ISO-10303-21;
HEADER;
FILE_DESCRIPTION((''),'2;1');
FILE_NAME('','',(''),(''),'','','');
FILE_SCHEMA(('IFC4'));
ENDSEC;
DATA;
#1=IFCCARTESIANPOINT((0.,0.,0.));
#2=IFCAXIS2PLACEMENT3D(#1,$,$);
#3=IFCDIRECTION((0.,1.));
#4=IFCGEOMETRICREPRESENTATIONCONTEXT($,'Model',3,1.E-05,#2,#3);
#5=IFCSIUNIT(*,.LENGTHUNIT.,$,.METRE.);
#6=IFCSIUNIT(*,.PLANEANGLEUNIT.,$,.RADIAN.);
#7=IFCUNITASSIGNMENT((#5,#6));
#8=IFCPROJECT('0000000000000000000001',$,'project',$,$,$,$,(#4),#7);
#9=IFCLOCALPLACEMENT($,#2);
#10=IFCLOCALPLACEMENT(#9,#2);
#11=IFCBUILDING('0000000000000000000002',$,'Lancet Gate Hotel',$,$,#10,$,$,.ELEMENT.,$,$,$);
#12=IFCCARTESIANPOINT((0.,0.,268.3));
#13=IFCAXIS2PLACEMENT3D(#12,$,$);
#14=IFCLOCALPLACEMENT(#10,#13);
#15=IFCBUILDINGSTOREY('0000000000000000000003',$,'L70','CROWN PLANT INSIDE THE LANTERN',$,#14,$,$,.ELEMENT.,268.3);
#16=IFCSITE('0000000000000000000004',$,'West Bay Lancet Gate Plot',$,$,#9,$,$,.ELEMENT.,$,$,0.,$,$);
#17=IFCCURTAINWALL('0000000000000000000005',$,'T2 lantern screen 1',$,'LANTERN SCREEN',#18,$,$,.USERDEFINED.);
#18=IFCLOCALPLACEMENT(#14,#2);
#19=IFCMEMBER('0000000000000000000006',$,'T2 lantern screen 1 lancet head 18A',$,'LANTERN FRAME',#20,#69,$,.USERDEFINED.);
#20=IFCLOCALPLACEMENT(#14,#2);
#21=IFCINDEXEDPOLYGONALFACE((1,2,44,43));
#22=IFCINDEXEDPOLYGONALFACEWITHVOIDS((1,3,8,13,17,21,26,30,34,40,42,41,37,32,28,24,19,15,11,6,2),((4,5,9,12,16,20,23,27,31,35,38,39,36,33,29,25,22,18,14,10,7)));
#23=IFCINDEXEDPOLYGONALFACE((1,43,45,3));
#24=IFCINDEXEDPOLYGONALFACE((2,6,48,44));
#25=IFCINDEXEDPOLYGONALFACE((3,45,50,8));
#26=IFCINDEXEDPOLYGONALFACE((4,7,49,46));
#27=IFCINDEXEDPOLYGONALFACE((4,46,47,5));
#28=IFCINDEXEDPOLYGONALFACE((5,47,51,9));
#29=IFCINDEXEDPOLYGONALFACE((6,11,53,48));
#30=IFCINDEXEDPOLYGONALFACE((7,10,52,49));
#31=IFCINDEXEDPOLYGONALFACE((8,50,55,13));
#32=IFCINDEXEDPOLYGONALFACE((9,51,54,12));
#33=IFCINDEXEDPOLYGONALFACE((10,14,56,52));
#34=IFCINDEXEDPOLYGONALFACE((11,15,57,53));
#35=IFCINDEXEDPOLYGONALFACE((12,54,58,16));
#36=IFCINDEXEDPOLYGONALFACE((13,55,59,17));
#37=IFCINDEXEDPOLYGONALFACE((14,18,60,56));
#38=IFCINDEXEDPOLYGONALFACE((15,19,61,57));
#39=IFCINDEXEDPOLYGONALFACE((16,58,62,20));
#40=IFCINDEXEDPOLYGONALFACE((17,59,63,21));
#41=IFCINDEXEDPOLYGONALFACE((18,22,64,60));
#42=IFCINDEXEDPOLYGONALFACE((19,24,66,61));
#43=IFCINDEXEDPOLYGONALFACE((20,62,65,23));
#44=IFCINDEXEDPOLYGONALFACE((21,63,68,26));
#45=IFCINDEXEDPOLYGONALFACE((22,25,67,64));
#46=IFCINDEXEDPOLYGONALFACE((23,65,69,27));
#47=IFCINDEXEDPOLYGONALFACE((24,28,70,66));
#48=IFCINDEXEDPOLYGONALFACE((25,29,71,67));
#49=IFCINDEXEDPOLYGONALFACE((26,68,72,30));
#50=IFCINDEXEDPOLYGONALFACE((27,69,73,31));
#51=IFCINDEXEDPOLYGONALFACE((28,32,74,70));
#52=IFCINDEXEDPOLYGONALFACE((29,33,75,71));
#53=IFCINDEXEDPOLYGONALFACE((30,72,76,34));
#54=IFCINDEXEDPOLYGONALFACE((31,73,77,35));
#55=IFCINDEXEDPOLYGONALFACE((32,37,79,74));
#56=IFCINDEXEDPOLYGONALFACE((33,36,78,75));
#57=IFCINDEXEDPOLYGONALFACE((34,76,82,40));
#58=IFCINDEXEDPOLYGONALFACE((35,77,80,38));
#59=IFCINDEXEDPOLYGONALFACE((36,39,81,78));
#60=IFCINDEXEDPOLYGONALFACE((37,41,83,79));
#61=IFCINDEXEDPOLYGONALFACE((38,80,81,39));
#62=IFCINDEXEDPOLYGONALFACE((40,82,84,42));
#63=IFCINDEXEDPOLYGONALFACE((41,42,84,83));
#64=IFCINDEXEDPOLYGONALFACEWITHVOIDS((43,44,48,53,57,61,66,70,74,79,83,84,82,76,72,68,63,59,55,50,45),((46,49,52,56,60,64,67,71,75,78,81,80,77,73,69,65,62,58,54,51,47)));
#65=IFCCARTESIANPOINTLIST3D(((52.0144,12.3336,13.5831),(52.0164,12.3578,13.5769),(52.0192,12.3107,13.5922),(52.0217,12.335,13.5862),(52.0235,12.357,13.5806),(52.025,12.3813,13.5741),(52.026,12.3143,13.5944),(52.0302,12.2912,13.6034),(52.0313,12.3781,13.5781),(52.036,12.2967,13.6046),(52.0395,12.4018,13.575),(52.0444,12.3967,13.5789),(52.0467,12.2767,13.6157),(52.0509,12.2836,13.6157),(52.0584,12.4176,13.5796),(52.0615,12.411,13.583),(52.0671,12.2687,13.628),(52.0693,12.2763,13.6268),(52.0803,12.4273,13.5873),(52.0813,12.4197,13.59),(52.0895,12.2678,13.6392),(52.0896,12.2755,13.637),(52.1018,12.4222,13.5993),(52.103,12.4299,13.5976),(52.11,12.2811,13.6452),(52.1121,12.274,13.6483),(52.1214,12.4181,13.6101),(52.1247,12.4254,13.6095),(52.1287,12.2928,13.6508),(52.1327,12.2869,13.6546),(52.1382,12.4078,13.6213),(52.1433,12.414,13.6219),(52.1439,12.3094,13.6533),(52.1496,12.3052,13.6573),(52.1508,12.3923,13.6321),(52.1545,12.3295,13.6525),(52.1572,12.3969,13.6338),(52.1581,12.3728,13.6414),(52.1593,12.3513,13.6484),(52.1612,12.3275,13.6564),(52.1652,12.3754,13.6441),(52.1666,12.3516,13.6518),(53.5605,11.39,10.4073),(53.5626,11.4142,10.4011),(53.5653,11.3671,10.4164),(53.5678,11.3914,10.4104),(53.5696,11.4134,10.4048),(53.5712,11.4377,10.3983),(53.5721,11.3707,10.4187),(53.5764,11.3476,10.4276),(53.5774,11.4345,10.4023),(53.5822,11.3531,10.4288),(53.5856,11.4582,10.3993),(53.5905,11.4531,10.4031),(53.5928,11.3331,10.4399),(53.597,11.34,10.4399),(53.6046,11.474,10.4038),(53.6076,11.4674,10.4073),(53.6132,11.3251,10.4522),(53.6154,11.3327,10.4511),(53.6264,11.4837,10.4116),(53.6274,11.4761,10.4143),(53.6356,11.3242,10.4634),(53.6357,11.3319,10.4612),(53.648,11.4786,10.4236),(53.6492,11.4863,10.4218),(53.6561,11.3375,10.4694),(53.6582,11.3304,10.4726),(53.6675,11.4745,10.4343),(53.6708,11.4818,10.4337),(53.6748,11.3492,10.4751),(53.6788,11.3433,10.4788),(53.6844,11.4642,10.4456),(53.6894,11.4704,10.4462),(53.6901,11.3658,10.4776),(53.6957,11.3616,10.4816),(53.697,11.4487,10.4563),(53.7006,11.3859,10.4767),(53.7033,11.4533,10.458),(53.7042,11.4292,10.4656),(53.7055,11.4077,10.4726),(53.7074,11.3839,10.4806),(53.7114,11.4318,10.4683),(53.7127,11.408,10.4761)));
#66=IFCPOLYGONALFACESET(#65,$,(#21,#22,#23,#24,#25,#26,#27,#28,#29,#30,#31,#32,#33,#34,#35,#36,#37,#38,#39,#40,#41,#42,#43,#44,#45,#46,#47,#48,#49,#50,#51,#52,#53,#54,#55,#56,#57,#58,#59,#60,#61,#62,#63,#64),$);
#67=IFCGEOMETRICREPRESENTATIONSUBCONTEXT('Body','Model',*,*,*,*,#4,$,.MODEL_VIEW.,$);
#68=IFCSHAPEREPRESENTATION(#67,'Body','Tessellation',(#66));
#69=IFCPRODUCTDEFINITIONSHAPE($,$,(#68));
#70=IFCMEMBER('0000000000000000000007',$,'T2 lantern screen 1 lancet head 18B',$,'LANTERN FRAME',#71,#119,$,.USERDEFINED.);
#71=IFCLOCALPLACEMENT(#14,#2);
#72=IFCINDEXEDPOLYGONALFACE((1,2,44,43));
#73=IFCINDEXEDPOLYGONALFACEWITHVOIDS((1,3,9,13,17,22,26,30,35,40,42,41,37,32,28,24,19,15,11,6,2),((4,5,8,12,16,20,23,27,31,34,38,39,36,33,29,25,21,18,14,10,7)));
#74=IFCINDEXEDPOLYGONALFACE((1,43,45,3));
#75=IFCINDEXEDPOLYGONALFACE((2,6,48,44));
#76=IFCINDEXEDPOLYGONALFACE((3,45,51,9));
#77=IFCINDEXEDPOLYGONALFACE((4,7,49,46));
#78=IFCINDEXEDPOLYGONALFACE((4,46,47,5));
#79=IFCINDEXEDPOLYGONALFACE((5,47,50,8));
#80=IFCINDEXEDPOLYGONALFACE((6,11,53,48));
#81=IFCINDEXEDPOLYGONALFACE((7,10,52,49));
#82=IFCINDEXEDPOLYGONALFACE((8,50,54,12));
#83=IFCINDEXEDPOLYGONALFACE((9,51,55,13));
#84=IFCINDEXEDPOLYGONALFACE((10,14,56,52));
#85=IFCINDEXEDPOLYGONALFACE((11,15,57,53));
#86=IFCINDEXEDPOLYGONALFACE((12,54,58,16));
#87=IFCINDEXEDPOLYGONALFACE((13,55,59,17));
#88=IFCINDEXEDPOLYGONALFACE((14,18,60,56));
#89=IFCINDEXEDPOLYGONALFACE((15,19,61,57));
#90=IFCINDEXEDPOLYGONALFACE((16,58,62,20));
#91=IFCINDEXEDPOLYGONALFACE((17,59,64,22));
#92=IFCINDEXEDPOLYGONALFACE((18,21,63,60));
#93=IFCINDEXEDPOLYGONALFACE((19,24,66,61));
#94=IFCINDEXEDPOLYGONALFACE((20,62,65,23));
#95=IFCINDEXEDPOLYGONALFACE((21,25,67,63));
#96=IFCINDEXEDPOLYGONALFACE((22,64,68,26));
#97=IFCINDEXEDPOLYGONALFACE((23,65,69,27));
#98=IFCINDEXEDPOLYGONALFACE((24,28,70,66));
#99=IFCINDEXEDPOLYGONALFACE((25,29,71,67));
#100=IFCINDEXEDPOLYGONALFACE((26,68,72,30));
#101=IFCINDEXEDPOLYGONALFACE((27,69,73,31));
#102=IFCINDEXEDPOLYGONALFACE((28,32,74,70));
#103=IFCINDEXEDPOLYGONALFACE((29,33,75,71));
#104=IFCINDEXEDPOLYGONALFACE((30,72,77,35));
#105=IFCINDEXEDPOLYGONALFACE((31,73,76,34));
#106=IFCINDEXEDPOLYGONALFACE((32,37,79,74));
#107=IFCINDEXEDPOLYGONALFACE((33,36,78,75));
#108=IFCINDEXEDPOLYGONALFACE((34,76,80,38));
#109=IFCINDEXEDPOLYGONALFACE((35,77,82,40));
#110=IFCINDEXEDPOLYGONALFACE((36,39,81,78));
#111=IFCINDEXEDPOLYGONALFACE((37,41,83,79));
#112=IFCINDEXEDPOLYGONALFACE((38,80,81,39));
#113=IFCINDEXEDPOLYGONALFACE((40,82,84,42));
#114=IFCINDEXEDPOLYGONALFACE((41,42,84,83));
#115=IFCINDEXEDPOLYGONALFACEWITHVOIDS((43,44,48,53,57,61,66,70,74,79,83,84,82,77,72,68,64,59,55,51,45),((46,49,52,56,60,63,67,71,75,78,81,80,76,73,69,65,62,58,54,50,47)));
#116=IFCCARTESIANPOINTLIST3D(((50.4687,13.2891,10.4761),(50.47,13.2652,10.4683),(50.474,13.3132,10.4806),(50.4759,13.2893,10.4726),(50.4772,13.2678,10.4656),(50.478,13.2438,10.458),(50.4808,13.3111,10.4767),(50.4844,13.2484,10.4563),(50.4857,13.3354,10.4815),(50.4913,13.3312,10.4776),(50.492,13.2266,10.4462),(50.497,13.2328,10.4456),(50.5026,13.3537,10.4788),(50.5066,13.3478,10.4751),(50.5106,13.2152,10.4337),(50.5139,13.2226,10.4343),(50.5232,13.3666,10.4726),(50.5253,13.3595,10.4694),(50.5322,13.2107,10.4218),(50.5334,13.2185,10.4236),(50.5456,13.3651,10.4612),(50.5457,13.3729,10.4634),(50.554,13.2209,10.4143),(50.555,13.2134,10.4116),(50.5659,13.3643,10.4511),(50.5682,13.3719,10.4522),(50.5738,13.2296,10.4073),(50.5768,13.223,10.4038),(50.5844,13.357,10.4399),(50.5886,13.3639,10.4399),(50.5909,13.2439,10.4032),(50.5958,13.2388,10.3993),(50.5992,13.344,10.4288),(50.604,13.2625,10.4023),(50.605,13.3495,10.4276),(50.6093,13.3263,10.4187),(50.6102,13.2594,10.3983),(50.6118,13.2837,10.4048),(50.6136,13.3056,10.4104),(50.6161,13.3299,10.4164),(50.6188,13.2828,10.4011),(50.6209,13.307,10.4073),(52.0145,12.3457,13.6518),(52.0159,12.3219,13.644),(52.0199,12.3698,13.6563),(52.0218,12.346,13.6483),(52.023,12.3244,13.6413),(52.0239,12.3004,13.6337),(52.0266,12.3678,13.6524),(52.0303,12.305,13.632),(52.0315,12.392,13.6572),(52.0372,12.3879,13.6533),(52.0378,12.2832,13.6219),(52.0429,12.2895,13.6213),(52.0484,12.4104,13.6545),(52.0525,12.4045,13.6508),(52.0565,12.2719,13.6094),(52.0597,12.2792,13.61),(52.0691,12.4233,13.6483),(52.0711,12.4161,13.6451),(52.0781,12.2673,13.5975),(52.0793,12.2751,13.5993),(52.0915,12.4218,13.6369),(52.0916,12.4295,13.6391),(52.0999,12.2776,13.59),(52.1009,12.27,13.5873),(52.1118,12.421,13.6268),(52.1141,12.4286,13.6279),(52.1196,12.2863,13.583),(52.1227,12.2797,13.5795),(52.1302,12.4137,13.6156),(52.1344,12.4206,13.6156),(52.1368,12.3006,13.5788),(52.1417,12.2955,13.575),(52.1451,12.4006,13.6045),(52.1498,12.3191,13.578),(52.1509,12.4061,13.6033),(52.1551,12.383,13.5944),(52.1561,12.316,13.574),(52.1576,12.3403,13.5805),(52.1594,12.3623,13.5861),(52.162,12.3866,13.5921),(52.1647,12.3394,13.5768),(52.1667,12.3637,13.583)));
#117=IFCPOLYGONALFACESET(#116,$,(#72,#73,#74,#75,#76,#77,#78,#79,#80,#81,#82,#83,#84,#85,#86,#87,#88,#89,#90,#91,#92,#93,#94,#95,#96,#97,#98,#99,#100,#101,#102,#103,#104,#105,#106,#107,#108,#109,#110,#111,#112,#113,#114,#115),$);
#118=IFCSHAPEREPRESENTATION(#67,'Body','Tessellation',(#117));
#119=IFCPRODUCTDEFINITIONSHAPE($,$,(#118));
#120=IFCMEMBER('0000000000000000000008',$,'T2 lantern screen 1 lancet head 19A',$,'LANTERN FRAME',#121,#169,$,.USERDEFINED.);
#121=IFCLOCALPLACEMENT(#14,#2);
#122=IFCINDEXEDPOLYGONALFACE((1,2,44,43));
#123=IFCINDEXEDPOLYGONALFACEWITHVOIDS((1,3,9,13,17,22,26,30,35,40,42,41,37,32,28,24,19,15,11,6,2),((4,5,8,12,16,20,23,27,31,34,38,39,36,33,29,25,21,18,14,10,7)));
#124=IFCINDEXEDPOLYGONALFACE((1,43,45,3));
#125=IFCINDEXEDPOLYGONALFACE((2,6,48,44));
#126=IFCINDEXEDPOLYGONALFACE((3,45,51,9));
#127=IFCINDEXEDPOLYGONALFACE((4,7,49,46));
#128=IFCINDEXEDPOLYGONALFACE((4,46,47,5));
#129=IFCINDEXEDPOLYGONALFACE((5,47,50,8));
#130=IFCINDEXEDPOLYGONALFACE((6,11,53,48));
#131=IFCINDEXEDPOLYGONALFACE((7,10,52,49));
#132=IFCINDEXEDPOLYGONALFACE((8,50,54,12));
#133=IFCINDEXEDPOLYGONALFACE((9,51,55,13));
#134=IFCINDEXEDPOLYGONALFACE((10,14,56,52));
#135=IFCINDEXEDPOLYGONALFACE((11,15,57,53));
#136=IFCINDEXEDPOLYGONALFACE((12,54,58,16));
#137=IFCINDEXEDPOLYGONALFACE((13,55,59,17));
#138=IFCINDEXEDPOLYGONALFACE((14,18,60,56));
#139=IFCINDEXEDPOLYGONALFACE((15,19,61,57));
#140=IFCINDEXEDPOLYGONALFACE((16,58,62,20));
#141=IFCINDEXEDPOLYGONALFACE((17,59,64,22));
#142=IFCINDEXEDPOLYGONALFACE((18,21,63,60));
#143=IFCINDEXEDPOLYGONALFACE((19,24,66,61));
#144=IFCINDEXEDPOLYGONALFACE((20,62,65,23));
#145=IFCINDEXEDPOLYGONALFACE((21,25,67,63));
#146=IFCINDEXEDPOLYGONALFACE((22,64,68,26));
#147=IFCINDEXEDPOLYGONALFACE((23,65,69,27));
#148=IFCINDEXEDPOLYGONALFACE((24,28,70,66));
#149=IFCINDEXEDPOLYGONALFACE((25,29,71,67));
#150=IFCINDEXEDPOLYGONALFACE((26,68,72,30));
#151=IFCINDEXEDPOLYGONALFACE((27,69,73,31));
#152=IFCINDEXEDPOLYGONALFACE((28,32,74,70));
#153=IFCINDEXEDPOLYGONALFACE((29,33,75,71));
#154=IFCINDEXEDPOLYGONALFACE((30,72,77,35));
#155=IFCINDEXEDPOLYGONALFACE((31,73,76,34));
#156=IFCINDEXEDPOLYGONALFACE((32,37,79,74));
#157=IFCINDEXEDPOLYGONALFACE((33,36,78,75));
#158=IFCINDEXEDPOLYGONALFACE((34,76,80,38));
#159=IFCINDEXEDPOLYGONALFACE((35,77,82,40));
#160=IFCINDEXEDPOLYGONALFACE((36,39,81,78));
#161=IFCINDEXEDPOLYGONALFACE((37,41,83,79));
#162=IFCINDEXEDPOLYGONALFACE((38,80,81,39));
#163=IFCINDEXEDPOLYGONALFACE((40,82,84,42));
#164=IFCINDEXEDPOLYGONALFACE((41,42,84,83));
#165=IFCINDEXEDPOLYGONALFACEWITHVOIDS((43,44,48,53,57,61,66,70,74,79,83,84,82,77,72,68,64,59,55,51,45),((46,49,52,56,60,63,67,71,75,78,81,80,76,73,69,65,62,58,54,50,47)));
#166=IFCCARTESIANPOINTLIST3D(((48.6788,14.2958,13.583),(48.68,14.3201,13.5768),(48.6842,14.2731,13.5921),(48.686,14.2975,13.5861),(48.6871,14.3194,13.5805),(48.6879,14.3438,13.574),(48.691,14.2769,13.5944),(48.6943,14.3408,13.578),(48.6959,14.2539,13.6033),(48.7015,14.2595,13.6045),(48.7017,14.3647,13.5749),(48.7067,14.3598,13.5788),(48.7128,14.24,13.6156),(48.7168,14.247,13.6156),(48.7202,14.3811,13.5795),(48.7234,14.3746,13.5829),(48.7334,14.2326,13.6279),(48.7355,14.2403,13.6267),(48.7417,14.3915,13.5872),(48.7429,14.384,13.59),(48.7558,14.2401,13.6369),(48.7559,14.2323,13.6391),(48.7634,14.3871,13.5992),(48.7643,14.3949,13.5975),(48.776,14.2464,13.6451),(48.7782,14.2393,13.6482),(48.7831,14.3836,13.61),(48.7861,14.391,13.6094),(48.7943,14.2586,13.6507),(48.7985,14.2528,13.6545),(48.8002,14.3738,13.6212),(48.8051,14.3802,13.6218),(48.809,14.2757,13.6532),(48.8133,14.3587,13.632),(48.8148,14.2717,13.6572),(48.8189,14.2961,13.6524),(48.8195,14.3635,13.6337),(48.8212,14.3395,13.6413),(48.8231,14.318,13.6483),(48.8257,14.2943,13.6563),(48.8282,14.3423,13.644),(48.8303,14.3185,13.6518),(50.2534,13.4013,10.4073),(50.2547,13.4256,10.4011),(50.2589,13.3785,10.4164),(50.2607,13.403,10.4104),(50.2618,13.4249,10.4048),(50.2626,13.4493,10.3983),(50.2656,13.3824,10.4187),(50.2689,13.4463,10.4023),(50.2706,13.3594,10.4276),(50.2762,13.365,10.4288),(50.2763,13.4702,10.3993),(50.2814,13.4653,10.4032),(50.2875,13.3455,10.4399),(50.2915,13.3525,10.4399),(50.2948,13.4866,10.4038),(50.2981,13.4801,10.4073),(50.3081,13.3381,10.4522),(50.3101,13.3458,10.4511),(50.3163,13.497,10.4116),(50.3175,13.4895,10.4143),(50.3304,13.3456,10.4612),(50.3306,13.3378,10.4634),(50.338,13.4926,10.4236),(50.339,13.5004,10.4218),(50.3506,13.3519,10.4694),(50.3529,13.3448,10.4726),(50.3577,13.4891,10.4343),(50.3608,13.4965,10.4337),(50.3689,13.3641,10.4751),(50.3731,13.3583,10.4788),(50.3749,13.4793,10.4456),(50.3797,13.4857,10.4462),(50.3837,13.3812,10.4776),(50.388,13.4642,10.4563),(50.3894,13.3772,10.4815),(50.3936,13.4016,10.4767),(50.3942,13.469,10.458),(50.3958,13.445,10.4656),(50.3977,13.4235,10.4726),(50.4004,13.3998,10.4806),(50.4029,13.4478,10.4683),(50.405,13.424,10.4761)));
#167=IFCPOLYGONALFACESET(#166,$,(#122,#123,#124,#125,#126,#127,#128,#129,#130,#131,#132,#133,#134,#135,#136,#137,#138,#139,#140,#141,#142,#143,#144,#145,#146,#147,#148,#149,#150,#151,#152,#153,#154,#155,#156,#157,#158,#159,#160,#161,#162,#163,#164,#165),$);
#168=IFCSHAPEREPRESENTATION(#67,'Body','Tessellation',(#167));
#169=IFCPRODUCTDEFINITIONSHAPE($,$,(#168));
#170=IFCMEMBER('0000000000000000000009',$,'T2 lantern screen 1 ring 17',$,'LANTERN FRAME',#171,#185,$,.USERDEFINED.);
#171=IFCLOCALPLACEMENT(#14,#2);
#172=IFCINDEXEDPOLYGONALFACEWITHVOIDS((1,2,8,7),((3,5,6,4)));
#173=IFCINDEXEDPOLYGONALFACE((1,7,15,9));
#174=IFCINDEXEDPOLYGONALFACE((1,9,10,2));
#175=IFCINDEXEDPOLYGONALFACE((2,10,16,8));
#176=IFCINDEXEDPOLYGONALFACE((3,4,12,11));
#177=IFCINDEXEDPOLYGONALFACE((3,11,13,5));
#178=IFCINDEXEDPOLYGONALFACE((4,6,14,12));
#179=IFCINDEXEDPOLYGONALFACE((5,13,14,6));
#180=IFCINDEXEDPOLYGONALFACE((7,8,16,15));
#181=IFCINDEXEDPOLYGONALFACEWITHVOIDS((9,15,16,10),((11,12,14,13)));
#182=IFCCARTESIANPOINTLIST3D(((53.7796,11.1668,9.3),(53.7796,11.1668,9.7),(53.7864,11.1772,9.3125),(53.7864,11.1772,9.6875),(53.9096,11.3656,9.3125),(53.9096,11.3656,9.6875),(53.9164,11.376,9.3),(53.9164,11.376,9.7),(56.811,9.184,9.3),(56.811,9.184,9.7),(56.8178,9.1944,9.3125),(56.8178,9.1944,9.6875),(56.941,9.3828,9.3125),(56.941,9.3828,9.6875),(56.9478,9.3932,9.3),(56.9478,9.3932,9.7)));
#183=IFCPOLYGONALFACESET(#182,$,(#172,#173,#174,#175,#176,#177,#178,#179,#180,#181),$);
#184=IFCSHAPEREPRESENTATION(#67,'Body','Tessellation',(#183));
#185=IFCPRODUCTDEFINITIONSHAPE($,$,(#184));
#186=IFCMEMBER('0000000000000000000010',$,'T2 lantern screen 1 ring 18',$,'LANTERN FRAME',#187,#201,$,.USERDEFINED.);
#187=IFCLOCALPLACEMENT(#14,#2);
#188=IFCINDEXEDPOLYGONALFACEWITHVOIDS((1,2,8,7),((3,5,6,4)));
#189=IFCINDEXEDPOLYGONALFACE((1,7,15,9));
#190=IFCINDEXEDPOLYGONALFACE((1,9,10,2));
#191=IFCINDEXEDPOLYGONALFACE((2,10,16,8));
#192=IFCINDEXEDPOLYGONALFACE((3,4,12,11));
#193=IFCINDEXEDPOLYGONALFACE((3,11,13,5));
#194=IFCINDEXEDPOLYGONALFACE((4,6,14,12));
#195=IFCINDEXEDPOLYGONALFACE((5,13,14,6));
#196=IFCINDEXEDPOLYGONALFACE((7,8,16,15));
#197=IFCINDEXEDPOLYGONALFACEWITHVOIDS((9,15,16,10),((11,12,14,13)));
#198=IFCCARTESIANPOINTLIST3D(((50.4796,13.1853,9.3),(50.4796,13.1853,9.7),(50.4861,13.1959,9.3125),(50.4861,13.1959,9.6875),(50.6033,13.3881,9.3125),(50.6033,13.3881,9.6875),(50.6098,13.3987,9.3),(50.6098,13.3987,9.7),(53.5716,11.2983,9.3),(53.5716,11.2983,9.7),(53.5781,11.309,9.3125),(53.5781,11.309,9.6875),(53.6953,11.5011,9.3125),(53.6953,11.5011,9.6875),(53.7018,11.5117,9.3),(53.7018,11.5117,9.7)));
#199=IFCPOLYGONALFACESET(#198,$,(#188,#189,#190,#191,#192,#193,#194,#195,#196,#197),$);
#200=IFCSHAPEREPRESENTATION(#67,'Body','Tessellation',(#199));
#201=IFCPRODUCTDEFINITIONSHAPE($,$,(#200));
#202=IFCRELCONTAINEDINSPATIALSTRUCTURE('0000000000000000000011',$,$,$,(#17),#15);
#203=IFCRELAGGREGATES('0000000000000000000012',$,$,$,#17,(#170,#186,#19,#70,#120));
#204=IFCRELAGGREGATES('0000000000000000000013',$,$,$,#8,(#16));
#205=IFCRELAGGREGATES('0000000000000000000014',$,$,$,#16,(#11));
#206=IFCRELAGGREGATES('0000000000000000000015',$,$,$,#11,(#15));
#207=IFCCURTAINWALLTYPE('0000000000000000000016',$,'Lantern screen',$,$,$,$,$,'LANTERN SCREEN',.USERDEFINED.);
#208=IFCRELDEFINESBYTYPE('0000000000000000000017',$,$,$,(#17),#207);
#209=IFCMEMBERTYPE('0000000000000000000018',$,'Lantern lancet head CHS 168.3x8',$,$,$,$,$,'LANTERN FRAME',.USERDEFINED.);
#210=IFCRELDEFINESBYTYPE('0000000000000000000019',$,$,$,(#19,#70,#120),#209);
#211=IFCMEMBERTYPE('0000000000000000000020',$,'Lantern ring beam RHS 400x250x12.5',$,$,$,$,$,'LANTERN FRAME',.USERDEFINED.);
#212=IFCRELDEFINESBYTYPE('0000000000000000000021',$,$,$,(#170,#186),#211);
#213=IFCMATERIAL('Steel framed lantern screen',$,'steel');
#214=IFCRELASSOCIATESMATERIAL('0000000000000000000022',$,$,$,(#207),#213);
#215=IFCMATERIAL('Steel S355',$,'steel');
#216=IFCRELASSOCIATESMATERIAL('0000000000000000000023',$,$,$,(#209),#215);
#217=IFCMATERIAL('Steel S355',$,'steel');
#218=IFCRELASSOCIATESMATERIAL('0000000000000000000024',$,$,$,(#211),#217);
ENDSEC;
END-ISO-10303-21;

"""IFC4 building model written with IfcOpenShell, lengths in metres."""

from ifc_helpers import new_model, si_unit, direction, frame, origin, origin_2d, place, context, subcontext, project, spatial, hollow_rectangle, hollow_circle, extrude, material, material_profile, profile_set, type_object, element, aggregate, save


model = new_model("IFC4")

# Units and contexts
model_context = context("Model", 3, precision=1e-05, world=origin(), true_north=direction((0.0, 1.0)))
body_context = subcontext(model_context, "Body", "Model", "MODEL_VIEW")
ifc_project = project(units=[si_unit("LENGTHUNIT", "METRE"), si_unit("PLANEANGLEUNIT", "RADIAN")], contexts=[model_context])

# Site, building, storey
site_placement = place(None, origin())
site = spatial("IfcSite", under=ifc_project, at=site_placement, Name="West Bay Lancet Gate Plot", CompositionType="ELEMENT", RefElevation=0.0)
building_placement = place(site_placement, origin())
building = spatial("IfcBuilding", under=site, at=building_placement, Name="Lancet Gate Hotel", CompositionType="ELEMENT")
storey_placement = place(building_placement, frame((0.0, 0.0, 268.3)))
storey = spatial("IfcBuildingStorey", under=building, at=storey_placement, Name="L70", Description="CROWN PLANT INSIDE THE LANTERN", CompositionType="ELEMENT", Elevation=268.3)

# Curtain wall, members
ifc_material_1 = material(Name="Steel framed lantern screen", Category="steel")
curtain_wall_type_1 = type_object("IfcCurtainWallType", Name="Lantern screen", ElementType="LANTERN SCREEN", PredefinedType="USERDEFINED", material=ifc_material_1)
curtain_wall_1_placement = place(storey_placement, origin())
curtain_wall_1 = element("IfcCurtainWall", 1, at=curtain_wall_1_placement, inside=storey, type_object=curtain_wall_type_1, Name="T2 lantern screen 1", ObjectType="LANTERN SCREEN", PredefinedType="USERDEFINED")
ifc_material_2 = material(Name="Steel S355", Category="steel")
ifc_material_profile_1 = material_profile(ifc_material_2, hollow_circle(Radius=0.0842, WallThickness=0.0081, at=origin_2d()), Name="CHS 168.3x8.0")
ifc_profile_set_1 = profile_set([ifc_material_profile_1], Name="Steel S355")
member_type_1 = type_object("IfcMemberType", Name="Lantern lancet head CHS 168.3x8", ElementType="LANTERN FRAME", PredefinedType="USERDEFINED", material=ifc_profile_set_1)
member_1_placement = place(storey_placement, frame((53.6367, 11.405, 10.4399), z_axis=(-0.422902, 0.258095, 0.868643), x_axis=(-0.520943, -0.853592, 0.0)))
member_1 = element("IfcMember", 2, at=member_1_placement, type_object=member_type_1, Name="T2 lantern screen 1 lancet head 18A", ObjectType="LANTERN FRAME", PredefinedType="USERDEFINED", context=body_context, shape_type="SweptSolid", body=[
    extrude(hollow_circle(Radius=0.0842, WallThickness=0.0081, at=origin_2d()), origin(), (0.0, 0.0, 1.0), 3.656),
])
member_2_placement = place(storey_placement, frame((50.5447, 13.292, 10.4399), z_axis=(0.422855, -0.25804, 0.868682), x_axis=(0.520905, 0.853615, 0.0)))
member_2 = element("IfcMember", 3, at=member_2_placement, type_object=member_type_1, Name="T2 lantern screen 1 lancet head 18B", ObjectType="LANTERN FRAME", PredefinedType="USERDEFINED", context=body_context, shape_type="SweptSolid", body=[
    extrude(hollow_circle(Radius=0.0842, WallThickness=0.0081, at=origin_2d()), origin(), (0.0, 0.0, 1.0), 3.6558),
])
member_3_placement = place(storey_placement, frame((50.3291, 13.4187, 10.4399), z_axis=(-0.430732, 0.244683, 0.868677), x_axis=(-0.493931, -0.869501, 0.0)))
member_3 = element("IfcMember", 4, at=member_3_placement, type_object=member_type_1, Name="T2 lantern screen 1 lancet head 19A", ObjectType="LANTERN FRAME", PredefinedType="USERDEFINED", context=body_context, shape_type="SweptSolid", body=[
    extrude(hollow_circle(Radius=0.0842, WallThickness=0.0081, at=origin_2d()), origin(), (0.0, 0.0, 1.0), 3.6558),
])
ifc_material_3 = material(Name="Steel S355", Category="steel")
ifc_material_profile_2 = material_profile(ifc_material_3, hollow_rectangle(XDim=0.25, YDim=0.3999, WallThickness=0.0125, at=origin_2d()), Name="RHS 400x250x12.5")
ifc_profile_set_2 = profile_set([ifc_material_profile_2], Name="Steel S355")
member_type_2 = type_object("IfcMemberType", Name="Lantern ring beam RHS 400x250x12.5", ElementType="LANTERN FRAME", PredefinedType="USERDEFINED", material=ifc_profile_set_2)
member_4_placement = place(storey_placement, frame((56.8794, 9.2886, 9.5), z_axis=(-0.836871, 0.5474, 0.0), x_axis=(-0.5474, -0.836871, 0.0)))
member_4 = element("IfcMember", 5, at=member_4_placement, type_object=member_type_2, Name="T2 lantern screen 1 ring 17", ObjectType="LANTERN FRAME", PredefinedType="USERDEFINED", context=body_context, shape_type="SweptSolid", body=[
    extrude(hollow_rectangle(XDim=0.25, YDim=0.3999, WallThickness=0.0125, at=origin_2d()), origin(), (0.0, 0.0, 1.0), 3.6223),
])
member_5_placement = place(storey_placement, frame((53.6367, 11.405, 9.5), z_axis=(-0.853603, 0.520924, 0.0), x_axis=(-0.520924, -0.853603, 0.0)))
member_5 = element("IfcMember", 6, at=member_5_placement, type_object=member_type_2, Name="T2 lantern screen 1 ring 18", ObjectType="LANTERN FRAME", PredefinedType="USERDEFINED", context=body_context, shape_type="SweptSolid", body=[
    extrude(hollow_rectangle(XDim=0.25, YDim=0.3999, WallThickness=0.0125, at=origin_2d()), origin(), (0.0, 0.0, 1.0), 3.6223),
])

aggregate(curtain_wall_1, [member_4, member_5, member_1, member_2, member_3])

save(model, "model.ifc")
